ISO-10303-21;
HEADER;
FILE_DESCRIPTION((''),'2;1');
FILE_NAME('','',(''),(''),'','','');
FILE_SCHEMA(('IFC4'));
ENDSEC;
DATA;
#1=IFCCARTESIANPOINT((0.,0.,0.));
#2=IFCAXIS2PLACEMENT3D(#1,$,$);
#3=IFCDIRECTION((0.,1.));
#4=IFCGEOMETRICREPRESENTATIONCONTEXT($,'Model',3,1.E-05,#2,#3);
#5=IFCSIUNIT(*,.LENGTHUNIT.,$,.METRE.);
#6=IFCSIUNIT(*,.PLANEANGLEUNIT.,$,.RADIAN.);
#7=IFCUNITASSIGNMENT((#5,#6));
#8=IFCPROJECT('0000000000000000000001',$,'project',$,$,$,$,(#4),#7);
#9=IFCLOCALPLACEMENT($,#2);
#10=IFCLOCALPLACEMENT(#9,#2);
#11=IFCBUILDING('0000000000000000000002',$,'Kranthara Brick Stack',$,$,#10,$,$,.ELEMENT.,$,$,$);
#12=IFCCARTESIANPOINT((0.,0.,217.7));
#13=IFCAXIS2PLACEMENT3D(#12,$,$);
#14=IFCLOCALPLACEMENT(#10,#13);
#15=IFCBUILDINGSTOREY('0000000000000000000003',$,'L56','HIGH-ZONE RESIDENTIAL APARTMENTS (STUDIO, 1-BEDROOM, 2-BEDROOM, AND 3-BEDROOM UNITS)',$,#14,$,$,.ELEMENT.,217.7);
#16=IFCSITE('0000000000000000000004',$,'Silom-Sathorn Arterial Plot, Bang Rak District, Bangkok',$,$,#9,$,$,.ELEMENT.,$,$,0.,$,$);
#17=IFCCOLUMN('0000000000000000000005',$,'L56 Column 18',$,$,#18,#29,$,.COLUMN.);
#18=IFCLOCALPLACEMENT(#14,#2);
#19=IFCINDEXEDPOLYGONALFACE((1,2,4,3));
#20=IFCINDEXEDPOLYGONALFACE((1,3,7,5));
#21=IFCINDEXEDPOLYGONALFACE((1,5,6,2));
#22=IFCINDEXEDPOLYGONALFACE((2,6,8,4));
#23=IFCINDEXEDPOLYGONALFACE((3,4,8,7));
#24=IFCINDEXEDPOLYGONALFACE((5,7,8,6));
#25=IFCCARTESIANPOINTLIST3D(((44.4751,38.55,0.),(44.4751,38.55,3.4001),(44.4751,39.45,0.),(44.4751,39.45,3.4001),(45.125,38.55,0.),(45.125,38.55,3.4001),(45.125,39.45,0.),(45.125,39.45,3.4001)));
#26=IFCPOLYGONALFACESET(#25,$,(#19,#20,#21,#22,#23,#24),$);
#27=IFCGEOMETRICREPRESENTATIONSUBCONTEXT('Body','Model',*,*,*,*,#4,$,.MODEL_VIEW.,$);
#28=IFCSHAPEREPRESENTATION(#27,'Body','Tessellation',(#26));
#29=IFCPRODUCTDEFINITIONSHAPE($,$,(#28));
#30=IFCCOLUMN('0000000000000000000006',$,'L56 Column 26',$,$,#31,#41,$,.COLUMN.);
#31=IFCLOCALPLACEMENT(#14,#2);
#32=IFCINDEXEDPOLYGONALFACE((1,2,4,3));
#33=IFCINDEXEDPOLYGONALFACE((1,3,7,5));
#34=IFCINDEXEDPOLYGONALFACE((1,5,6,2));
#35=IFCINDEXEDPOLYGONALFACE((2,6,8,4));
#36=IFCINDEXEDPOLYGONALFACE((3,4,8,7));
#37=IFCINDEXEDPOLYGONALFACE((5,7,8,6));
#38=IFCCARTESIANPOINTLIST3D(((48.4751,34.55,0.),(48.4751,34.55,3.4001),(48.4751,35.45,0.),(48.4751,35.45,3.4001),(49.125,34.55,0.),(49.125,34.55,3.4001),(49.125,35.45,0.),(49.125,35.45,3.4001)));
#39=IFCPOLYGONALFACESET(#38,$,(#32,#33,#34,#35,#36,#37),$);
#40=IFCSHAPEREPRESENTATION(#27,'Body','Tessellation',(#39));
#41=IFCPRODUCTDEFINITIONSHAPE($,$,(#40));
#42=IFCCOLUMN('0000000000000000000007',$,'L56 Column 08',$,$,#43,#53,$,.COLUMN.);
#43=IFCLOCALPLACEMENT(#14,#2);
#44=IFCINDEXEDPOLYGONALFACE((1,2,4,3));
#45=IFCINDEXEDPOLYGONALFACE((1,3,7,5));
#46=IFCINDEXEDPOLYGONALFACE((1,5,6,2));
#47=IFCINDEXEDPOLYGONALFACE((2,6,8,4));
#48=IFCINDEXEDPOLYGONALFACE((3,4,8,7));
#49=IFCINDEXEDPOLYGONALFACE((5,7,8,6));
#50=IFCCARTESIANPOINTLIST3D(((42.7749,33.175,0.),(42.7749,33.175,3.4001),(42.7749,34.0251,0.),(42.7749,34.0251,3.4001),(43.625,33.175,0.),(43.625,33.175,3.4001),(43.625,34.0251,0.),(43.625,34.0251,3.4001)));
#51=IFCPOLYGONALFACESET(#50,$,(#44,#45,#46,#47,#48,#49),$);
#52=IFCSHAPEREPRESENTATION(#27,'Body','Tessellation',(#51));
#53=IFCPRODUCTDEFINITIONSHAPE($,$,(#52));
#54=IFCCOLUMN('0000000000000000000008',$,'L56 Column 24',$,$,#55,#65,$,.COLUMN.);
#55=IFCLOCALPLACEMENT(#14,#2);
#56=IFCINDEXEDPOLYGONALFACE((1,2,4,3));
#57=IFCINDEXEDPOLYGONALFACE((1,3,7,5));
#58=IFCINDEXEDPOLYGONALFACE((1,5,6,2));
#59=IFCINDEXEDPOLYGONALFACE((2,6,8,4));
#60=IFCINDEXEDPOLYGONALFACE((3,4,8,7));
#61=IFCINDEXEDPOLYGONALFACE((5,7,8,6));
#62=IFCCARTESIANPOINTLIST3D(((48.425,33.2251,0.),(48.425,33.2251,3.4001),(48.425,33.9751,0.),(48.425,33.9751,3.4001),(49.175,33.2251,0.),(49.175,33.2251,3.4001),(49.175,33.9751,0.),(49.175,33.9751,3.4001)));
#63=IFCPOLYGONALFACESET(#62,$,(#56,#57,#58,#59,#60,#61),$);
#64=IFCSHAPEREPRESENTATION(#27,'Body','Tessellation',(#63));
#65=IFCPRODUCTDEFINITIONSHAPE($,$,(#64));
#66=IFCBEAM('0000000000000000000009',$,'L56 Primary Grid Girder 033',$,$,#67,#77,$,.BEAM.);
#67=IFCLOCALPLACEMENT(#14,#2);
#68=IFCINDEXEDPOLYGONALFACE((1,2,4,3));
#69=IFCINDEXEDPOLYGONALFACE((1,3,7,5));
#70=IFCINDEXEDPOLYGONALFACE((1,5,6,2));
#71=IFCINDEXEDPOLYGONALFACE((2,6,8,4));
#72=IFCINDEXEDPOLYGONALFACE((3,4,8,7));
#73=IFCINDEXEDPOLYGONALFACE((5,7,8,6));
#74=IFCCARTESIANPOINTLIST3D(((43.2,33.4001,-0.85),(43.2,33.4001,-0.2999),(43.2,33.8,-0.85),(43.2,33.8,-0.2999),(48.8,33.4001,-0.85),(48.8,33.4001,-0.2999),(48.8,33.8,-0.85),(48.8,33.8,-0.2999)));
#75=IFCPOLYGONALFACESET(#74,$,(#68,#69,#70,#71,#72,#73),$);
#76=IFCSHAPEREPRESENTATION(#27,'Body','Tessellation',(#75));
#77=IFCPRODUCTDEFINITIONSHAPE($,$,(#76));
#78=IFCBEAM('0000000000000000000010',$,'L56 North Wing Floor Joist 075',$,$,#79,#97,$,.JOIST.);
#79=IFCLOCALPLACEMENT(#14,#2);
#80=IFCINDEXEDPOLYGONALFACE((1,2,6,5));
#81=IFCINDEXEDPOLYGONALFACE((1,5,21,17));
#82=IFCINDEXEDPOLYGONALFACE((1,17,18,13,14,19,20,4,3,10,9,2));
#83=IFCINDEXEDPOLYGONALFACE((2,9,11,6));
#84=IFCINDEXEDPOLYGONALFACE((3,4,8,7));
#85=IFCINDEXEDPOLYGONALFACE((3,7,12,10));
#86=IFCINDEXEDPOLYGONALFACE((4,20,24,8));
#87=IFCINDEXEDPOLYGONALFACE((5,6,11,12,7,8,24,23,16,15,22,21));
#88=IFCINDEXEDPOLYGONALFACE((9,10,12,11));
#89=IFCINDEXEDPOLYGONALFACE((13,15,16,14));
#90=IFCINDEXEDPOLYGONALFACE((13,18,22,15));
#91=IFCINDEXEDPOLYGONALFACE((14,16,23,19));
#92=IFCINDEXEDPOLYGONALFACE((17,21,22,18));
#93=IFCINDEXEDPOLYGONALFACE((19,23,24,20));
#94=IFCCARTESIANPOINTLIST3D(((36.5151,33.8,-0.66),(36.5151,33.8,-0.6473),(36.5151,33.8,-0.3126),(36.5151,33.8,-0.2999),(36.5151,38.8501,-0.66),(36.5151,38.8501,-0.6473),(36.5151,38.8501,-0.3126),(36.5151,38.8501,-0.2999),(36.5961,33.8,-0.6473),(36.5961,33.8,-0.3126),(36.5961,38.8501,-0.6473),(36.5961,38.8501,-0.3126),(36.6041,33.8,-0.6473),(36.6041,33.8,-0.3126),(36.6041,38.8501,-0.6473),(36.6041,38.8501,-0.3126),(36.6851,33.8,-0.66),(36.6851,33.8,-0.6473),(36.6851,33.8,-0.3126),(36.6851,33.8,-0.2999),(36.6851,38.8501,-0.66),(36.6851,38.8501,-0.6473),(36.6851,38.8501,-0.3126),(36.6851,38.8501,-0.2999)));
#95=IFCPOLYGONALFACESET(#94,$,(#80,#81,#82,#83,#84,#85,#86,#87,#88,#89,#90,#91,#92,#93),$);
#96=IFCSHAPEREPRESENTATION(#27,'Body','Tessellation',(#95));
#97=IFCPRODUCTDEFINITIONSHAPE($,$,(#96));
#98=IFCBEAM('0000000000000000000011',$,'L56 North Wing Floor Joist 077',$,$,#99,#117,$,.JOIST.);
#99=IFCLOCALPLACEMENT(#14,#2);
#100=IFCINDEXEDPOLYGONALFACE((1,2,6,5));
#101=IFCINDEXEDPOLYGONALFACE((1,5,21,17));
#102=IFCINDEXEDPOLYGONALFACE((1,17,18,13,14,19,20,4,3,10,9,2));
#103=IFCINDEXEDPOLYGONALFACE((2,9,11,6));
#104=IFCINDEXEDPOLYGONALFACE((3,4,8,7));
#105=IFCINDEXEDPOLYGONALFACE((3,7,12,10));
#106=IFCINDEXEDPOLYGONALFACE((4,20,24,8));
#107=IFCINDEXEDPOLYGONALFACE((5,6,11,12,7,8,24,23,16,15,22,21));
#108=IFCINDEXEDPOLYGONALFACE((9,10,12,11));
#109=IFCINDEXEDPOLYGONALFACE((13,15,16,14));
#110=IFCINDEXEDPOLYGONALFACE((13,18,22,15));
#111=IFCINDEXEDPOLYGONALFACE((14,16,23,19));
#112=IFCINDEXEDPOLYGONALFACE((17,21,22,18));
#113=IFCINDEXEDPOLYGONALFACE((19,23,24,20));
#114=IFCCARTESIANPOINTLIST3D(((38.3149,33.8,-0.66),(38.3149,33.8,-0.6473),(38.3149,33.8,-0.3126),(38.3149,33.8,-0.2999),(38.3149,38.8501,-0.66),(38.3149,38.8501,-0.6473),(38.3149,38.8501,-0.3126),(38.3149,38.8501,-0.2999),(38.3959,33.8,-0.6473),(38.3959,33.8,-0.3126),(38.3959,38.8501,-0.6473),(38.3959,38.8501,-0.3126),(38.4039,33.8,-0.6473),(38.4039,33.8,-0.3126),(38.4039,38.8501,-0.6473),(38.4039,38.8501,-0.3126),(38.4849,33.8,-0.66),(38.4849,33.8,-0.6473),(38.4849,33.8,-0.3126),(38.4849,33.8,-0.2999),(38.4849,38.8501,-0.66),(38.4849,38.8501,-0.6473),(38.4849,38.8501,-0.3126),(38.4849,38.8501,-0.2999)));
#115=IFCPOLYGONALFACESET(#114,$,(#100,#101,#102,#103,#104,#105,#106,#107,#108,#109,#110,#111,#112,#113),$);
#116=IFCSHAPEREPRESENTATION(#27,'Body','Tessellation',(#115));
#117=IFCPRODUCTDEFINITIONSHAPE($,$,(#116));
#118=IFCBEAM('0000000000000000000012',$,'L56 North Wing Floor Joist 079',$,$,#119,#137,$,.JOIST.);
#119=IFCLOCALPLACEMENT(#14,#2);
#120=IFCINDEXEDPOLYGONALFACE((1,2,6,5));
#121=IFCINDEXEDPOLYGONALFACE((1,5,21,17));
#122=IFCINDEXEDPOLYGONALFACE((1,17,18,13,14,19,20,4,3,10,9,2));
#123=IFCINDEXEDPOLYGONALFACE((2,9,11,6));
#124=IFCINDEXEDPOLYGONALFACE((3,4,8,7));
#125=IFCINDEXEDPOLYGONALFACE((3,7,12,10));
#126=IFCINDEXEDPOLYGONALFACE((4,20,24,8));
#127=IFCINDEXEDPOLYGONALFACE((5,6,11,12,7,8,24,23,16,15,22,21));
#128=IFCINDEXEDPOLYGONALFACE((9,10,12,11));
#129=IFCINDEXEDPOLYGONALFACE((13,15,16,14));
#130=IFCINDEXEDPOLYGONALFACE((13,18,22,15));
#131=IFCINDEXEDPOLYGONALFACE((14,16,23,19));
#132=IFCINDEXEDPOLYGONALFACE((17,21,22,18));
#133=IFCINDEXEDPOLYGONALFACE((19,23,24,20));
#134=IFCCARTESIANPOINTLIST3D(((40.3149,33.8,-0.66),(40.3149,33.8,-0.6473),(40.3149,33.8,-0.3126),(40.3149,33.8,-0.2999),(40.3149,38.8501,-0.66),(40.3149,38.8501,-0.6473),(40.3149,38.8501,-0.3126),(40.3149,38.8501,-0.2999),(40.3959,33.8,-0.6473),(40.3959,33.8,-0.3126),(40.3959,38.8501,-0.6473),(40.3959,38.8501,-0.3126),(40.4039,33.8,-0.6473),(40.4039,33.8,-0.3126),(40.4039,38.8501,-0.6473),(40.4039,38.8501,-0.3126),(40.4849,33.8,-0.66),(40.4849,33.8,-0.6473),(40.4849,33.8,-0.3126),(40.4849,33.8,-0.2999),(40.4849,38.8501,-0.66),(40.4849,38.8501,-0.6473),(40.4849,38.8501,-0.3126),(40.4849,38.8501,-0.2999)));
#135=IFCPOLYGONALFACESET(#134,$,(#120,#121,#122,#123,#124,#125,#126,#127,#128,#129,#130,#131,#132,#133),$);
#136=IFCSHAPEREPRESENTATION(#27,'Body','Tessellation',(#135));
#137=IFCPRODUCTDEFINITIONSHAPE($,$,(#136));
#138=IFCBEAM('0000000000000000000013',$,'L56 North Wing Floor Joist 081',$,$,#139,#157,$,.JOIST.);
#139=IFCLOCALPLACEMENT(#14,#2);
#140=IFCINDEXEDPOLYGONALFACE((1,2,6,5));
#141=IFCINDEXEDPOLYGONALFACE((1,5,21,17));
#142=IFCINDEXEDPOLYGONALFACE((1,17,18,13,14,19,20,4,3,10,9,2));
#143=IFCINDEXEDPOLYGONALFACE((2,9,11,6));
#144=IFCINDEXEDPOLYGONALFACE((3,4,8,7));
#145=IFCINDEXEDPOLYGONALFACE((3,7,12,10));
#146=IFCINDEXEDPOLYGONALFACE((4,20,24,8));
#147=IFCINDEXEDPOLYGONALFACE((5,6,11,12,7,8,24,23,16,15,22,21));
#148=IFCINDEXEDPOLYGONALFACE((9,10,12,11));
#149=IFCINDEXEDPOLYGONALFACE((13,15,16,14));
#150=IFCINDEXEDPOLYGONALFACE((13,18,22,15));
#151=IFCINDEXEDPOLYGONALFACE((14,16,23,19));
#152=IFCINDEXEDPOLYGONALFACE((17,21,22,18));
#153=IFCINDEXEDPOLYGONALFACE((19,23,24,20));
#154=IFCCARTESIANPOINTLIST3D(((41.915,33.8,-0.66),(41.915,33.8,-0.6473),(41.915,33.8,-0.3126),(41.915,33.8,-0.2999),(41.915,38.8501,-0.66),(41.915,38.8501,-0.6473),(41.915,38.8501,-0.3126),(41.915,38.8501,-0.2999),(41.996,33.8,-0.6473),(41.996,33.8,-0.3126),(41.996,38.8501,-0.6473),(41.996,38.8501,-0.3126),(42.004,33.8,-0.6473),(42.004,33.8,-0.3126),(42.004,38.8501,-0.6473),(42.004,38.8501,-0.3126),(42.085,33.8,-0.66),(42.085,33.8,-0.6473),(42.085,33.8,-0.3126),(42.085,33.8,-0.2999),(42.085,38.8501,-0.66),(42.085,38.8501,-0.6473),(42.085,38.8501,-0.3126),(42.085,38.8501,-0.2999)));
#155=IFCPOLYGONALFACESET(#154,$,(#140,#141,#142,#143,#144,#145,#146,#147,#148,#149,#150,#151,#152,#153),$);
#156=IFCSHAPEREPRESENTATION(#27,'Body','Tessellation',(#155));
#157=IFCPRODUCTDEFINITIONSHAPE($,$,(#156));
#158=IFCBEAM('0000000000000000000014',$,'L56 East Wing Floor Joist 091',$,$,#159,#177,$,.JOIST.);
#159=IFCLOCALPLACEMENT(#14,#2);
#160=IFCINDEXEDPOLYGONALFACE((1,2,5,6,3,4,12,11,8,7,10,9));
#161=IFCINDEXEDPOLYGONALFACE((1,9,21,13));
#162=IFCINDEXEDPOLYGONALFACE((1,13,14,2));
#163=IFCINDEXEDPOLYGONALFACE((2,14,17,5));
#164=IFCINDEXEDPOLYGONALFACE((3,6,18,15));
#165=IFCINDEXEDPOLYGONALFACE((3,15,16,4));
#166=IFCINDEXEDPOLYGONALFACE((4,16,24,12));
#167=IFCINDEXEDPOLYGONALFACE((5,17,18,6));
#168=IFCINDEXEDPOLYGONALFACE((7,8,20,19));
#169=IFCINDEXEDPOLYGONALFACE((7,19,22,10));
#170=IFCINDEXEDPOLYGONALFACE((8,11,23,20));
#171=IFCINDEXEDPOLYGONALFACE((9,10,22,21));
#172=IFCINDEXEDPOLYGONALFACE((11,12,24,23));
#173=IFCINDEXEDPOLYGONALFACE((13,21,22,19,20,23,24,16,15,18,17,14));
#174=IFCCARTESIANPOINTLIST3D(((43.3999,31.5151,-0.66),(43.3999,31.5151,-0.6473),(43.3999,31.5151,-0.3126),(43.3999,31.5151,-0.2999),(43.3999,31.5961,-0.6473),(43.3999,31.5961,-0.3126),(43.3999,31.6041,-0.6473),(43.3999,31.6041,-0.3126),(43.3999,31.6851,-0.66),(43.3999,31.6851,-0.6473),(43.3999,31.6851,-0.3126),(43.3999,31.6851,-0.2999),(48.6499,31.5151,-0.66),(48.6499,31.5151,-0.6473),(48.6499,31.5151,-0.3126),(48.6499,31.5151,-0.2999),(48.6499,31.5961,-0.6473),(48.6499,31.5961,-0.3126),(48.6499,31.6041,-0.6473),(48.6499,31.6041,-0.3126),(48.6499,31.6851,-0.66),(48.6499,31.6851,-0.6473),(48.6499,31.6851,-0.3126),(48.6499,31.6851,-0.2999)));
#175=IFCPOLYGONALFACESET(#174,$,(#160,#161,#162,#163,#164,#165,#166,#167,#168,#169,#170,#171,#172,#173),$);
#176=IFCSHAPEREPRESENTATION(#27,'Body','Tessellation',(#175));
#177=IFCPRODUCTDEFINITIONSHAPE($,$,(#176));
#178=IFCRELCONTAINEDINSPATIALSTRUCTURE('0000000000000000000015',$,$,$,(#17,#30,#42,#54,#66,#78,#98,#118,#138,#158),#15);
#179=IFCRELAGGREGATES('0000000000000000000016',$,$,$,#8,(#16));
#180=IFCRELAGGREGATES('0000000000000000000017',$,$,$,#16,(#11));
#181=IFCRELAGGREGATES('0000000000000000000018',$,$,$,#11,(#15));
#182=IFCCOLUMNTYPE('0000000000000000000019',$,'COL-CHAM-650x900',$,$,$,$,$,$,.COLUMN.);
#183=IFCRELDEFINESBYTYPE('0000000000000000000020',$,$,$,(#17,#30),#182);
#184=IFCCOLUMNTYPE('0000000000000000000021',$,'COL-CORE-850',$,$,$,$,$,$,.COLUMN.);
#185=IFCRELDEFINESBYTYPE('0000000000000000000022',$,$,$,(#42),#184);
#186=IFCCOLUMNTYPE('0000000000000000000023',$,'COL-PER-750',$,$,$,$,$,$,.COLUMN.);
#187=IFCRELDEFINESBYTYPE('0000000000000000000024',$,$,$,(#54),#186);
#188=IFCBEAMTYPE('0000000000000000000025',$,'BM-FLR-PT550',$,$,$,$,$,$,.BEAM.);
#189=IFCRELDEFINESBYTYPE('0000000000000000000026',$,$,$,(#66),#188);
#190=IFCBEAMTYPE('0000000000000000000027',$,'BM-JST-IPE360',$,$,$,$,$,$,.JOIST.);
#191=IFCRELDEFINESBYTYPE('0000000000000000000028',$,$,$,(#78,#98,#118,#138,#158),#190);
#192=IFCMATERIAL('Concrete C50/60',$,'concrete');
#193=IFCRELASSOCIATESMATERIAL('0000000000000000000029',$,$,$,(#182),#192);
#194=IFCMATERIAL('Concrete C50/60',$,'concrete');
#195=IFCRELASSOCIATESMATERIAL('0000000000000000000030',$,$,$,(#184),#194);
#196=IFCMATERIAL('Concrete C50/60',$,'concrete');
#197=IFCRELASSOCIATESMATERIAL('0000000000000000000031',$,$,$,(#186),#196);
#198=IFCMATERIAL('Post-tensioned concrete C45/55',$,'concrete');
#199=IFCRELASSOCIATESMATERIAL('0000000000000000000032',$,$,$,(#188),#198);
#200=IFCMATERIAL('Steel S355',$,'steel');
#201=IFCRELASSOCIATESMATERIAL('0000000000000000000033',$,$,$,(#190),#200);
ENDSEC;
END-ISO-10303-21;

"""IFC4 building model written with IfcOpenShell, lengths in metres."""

from ifc_helpers import new_model, si_unit, direction, frame, origin, origin_2d, place, context, subcontext, project, spatial, rectangle, i_section, extrude, material, material_profile, profile_set, type_object, element, save


model = new_model("IFC4")

# Units and contexts
model_context = context("Model", 3, precision=1e-05, world=origin(), true_north=direction((0.0, 1.0)))
body_context = subcontext(model_context, "Body", "Model", "MODEL_VIEW")
ifc_project = project(units=[si_unit("LENGTHUNIT", "METRE"), si_unit("PLANEANGLEUNIT", "RADIAN")], contexts=[model_context])

# Site, building, storey
site_placement = place(None, origin())
site = spatial("IfcSite", under=ifc_project, at=site_placement, Name="Silom-Sathorn Arterial Plot, Bang Rak District, Bangkok", CompositionType="ELEMENT", RefElevation=0.0)
building_placement = place(site_placement, origin())
building = spatial("IfcBuilding", under=site, at=building_placement, Name="Kranthara Brick Stack", CompositionType="ELEMENT")
storey_placement = place(building_placement, frame((0.0, 0.0, 217.7)))
storey = spatial("IfcBuildingStorey", under=building, at=storey_placement, Name="L56", Description="HIGH-ZONE RESIDENTIAL APARTMENTS (STUDIO, 1-BEDROOM, 2-BEDROOM, AND 3-BEDROOM UNITS)", CompositionType="ELEMENT", Elevation=217.7)

# Columns
ifc_material_1 = material(Name="Concrete C50/60", Category="concrete")
ifc_material_profile_1 = material_profile(ifc_material_1, rectangle(XDim=0.6499, YDim=0.8999, at=origin_2d()), Name="RC 650x900")
ifc_profile_set_1 = profile_set([ifc_material_profile_1], Name="Concrete C50/60")
column_type_1 = type_object("IfcColumnType", Name="COL-CHAM-650x900", PredefinedType="COLUMN", material=ifc_profile_set_1)
for number, where, z_axis, x_axis, name in (
    (1, (44.8, 39.0, 0.0), (0.0, 0.0, 1.0), (1.0, 0.0, 0.0), "L56 Column 18"),
    (2, (48.8, 35.0, 0.0), (0.0, 0.0, 1.0), (1.0, 0.0, 0.0), "L56 Column 26"),
):
    element("IfcColumn", number, at=place(storey_placement, frame(where, z_axis=z_axis, x_axis=x_axis)), inside=storey, type_object=column_type_1, Name=name, PredefinedType="COLUMN", context=body_context, shape_type="SweptSolid", body=[
        extrude(rectangle(XDim=0.6499, YDim=0.8999, at=origin_2d()), origin(), (0.0, 0.0, 1.0), 3.4001),
    ])
ifc_material_2 = material(Name="Concrete C50/60", Category="concrete")
ifc_material_profile_2 = material_profile(ifc_material_2, rectangle(XDim=0.8501, YDim=0.8501, at=origin_2d()), Name="RC 850x850")
ifc_profile_set_2 = profile_set([ifc_material_profile_2], Name="Concrete C50/60")
column_type_2 = type_object("IfcColumnType", Name="COL-CORE-850", PredefinedType="COLUMN", material=ifc_profile_set_2)
column_1_placement = place(storey_placement, frame((43.2, 33.6001, 0.0), z_axis=(0.0, 0.0, 1.0), x_axis=(1.0, 0.0, 0.0)))
element("IfcColumn", 3, at=column_1_placement, inside=storey, type_object=column_type_2, Name="L56 Column 08", PredefinedType="COLUMN", context=body_context, shape_type="SweptSolid", body=[
    extrude(rectangle(XDim=0.8501, YDim=0.8501, at=origin_2d()), origin(), (0.0, 0.0, 1.0), 3.4001),
])
ifc_material_3 = material(Name="Concrete C50/60", Category="concrete")
ifc_material_profile_3 = material_profile(ifc_material_3, rectangle(XDim=0.75, YDim=0.75, at=origin_2d()), Name="RC 750x750")
ifc_profile_set_3 = profile_set([ifc_material_profile_3], Name="Concrete C50/60")
column_type_3 = type_object("IfcColumnType", Name="COL-PER-750", PredefinedType="COLUMN", material=ifc_profile_set_3)
column_2_placement = place(storey_placement, frame((48.8, 33.6001, 0.0), z_axis=(0.0, 0.0, 1.0), x_axis=(1.0, 0.0, 0.0)))
element("IfcColumn", 4, at=column_2_placement, inside=storey, type_object=column_type_3, Name="L56 Column 24", PredefinedType="COLUMN", context=body_context, shape_type="SweptSolid", body=[
    extrude(rectangle(XDim=0.75, YDim=0.75, at=origin_2d()), origin(), (0.0, 0.0, 1.0), 3.4001),
])

# Beams
ifc_material_4 = material(Name="Post-tensioned concrete C45/55", Category="concrete")
ifc_material_profile_4 = material_profile(ifc_material_4, rectangle(XDim=0.3999, YDim=0.55, at=origin_2d()), Name="PT 400x550")
ifc_profile_set_4 = profile_set([ifc_material_profile_4], Name="Post-tensioned concrete C45/55")
beam_type_1 = type_object("IfcBeamType", Name="BM-FLR-PT550", PredefinedType="BEAM", material=ifc_profile_set_4)
beam_1_placement = place(storey_placement, frame((43.2, 33.6001, -0.575), z_axis=(1.0, 0.0, 0.0), x_axis=(0.0, 1.0, 0.0)))
element("IfcBeam", 5, at=beam_1_placement, inside=storey, type_object=beam_type_1, Name="L56 Primary Grid Girder 033", PredefinedType="BEAM", context=body_context, shape_type="SweptSolid", body=[
    extrude(rectangle(XDim=0.3999, YDim=0.55, at=origin_2d()), origin(), (0.0, 0.0, 1.0), 5.6001),
])
ifc_material_5 = material(Name="Steel S355", Category="steel")
ifc_material_profile_5 = material_profile(ifc_material_5, i_section(OverallWidth=0.1699, OverallDepth=0.3601, WebThickness=0.0081, FlangeThickness=0.0127, at=origin_2d()), Name="IPE 360")
ifc_profile_set_5 = profile_set([ifc_material_profile_5], Name="Steel S355")
beam_type_2 = type_object("IfcBeamType", Name="BM-JST-IPE360", PredefinedType="JOIST", material=ifc_profile_set_5)
for number, where, z_axis, x_axis, name in (
    (6, (36.6001, 33.8, -0.48), (0.0, 1.0, 0.0), (-1.0, 0.0, 0.0), "L56 North Wing Floor Joist 075"),
    (7, (38.3999, 33.8, -0.48), (0.0, 1.0, 0.0), (-1.0, 0.0, 0.0), "L56 North Wing Floor Joist 077"),
    (8, (40.3999, 33.8, -0.48), (0.0, 1.0, 0.0), (-1.0, 0.0, 0.0), "L56 North Wing Floor Joist 079"),
    (9, (42.0, 33.8, -0.48), (0.0, 1.0, 0.0), (-1.0, 0.0, 0.0), "L56 North Wing Floor Joist 081"),
):
    element("IfcBeam", number, at=place(storey_placement, frame(where, z_axis=z_axis, x_axis=x_axis)), inside=storey, type_object=beam_type_2, Name=name, PredefinedType="JOIST", context=body_context, shape_type="SweptSolid", body=[
        extrude(i_section(OverallWidth=0.1699, OverallDepth=0.3601, WebThickness=0.0081, FlangeThickness=0.0127, at=origin_2d()), origin(), (0.0, 0.0, 1.0), 5.05),
    ])
beam_2_placement = place(storey_placement, frame((43.3999, 31.6001, -0.48), z_axis=(1.0, 0.0, 0.0), x_axis=(0.0, 1.0, 0.0)))
element("IfcBeam", 10, at=beam_2_placement, inside=storey, type_object=beam_type_2, Name="L56 East Wing Floor Joist 091", PredefinedType="JOIST", context=body_context, shape_type="SweptSolid", body=[
    extrude(i_section(OverallWidth=0.1699, OverallDepth=0.3601, WebThickness=0.0081, FlangeThickness=0.0127, at=origin_2d()), origin(), (0.0, 0.0, 1.0), 5.25),
])

save(model, "model.ifc")
